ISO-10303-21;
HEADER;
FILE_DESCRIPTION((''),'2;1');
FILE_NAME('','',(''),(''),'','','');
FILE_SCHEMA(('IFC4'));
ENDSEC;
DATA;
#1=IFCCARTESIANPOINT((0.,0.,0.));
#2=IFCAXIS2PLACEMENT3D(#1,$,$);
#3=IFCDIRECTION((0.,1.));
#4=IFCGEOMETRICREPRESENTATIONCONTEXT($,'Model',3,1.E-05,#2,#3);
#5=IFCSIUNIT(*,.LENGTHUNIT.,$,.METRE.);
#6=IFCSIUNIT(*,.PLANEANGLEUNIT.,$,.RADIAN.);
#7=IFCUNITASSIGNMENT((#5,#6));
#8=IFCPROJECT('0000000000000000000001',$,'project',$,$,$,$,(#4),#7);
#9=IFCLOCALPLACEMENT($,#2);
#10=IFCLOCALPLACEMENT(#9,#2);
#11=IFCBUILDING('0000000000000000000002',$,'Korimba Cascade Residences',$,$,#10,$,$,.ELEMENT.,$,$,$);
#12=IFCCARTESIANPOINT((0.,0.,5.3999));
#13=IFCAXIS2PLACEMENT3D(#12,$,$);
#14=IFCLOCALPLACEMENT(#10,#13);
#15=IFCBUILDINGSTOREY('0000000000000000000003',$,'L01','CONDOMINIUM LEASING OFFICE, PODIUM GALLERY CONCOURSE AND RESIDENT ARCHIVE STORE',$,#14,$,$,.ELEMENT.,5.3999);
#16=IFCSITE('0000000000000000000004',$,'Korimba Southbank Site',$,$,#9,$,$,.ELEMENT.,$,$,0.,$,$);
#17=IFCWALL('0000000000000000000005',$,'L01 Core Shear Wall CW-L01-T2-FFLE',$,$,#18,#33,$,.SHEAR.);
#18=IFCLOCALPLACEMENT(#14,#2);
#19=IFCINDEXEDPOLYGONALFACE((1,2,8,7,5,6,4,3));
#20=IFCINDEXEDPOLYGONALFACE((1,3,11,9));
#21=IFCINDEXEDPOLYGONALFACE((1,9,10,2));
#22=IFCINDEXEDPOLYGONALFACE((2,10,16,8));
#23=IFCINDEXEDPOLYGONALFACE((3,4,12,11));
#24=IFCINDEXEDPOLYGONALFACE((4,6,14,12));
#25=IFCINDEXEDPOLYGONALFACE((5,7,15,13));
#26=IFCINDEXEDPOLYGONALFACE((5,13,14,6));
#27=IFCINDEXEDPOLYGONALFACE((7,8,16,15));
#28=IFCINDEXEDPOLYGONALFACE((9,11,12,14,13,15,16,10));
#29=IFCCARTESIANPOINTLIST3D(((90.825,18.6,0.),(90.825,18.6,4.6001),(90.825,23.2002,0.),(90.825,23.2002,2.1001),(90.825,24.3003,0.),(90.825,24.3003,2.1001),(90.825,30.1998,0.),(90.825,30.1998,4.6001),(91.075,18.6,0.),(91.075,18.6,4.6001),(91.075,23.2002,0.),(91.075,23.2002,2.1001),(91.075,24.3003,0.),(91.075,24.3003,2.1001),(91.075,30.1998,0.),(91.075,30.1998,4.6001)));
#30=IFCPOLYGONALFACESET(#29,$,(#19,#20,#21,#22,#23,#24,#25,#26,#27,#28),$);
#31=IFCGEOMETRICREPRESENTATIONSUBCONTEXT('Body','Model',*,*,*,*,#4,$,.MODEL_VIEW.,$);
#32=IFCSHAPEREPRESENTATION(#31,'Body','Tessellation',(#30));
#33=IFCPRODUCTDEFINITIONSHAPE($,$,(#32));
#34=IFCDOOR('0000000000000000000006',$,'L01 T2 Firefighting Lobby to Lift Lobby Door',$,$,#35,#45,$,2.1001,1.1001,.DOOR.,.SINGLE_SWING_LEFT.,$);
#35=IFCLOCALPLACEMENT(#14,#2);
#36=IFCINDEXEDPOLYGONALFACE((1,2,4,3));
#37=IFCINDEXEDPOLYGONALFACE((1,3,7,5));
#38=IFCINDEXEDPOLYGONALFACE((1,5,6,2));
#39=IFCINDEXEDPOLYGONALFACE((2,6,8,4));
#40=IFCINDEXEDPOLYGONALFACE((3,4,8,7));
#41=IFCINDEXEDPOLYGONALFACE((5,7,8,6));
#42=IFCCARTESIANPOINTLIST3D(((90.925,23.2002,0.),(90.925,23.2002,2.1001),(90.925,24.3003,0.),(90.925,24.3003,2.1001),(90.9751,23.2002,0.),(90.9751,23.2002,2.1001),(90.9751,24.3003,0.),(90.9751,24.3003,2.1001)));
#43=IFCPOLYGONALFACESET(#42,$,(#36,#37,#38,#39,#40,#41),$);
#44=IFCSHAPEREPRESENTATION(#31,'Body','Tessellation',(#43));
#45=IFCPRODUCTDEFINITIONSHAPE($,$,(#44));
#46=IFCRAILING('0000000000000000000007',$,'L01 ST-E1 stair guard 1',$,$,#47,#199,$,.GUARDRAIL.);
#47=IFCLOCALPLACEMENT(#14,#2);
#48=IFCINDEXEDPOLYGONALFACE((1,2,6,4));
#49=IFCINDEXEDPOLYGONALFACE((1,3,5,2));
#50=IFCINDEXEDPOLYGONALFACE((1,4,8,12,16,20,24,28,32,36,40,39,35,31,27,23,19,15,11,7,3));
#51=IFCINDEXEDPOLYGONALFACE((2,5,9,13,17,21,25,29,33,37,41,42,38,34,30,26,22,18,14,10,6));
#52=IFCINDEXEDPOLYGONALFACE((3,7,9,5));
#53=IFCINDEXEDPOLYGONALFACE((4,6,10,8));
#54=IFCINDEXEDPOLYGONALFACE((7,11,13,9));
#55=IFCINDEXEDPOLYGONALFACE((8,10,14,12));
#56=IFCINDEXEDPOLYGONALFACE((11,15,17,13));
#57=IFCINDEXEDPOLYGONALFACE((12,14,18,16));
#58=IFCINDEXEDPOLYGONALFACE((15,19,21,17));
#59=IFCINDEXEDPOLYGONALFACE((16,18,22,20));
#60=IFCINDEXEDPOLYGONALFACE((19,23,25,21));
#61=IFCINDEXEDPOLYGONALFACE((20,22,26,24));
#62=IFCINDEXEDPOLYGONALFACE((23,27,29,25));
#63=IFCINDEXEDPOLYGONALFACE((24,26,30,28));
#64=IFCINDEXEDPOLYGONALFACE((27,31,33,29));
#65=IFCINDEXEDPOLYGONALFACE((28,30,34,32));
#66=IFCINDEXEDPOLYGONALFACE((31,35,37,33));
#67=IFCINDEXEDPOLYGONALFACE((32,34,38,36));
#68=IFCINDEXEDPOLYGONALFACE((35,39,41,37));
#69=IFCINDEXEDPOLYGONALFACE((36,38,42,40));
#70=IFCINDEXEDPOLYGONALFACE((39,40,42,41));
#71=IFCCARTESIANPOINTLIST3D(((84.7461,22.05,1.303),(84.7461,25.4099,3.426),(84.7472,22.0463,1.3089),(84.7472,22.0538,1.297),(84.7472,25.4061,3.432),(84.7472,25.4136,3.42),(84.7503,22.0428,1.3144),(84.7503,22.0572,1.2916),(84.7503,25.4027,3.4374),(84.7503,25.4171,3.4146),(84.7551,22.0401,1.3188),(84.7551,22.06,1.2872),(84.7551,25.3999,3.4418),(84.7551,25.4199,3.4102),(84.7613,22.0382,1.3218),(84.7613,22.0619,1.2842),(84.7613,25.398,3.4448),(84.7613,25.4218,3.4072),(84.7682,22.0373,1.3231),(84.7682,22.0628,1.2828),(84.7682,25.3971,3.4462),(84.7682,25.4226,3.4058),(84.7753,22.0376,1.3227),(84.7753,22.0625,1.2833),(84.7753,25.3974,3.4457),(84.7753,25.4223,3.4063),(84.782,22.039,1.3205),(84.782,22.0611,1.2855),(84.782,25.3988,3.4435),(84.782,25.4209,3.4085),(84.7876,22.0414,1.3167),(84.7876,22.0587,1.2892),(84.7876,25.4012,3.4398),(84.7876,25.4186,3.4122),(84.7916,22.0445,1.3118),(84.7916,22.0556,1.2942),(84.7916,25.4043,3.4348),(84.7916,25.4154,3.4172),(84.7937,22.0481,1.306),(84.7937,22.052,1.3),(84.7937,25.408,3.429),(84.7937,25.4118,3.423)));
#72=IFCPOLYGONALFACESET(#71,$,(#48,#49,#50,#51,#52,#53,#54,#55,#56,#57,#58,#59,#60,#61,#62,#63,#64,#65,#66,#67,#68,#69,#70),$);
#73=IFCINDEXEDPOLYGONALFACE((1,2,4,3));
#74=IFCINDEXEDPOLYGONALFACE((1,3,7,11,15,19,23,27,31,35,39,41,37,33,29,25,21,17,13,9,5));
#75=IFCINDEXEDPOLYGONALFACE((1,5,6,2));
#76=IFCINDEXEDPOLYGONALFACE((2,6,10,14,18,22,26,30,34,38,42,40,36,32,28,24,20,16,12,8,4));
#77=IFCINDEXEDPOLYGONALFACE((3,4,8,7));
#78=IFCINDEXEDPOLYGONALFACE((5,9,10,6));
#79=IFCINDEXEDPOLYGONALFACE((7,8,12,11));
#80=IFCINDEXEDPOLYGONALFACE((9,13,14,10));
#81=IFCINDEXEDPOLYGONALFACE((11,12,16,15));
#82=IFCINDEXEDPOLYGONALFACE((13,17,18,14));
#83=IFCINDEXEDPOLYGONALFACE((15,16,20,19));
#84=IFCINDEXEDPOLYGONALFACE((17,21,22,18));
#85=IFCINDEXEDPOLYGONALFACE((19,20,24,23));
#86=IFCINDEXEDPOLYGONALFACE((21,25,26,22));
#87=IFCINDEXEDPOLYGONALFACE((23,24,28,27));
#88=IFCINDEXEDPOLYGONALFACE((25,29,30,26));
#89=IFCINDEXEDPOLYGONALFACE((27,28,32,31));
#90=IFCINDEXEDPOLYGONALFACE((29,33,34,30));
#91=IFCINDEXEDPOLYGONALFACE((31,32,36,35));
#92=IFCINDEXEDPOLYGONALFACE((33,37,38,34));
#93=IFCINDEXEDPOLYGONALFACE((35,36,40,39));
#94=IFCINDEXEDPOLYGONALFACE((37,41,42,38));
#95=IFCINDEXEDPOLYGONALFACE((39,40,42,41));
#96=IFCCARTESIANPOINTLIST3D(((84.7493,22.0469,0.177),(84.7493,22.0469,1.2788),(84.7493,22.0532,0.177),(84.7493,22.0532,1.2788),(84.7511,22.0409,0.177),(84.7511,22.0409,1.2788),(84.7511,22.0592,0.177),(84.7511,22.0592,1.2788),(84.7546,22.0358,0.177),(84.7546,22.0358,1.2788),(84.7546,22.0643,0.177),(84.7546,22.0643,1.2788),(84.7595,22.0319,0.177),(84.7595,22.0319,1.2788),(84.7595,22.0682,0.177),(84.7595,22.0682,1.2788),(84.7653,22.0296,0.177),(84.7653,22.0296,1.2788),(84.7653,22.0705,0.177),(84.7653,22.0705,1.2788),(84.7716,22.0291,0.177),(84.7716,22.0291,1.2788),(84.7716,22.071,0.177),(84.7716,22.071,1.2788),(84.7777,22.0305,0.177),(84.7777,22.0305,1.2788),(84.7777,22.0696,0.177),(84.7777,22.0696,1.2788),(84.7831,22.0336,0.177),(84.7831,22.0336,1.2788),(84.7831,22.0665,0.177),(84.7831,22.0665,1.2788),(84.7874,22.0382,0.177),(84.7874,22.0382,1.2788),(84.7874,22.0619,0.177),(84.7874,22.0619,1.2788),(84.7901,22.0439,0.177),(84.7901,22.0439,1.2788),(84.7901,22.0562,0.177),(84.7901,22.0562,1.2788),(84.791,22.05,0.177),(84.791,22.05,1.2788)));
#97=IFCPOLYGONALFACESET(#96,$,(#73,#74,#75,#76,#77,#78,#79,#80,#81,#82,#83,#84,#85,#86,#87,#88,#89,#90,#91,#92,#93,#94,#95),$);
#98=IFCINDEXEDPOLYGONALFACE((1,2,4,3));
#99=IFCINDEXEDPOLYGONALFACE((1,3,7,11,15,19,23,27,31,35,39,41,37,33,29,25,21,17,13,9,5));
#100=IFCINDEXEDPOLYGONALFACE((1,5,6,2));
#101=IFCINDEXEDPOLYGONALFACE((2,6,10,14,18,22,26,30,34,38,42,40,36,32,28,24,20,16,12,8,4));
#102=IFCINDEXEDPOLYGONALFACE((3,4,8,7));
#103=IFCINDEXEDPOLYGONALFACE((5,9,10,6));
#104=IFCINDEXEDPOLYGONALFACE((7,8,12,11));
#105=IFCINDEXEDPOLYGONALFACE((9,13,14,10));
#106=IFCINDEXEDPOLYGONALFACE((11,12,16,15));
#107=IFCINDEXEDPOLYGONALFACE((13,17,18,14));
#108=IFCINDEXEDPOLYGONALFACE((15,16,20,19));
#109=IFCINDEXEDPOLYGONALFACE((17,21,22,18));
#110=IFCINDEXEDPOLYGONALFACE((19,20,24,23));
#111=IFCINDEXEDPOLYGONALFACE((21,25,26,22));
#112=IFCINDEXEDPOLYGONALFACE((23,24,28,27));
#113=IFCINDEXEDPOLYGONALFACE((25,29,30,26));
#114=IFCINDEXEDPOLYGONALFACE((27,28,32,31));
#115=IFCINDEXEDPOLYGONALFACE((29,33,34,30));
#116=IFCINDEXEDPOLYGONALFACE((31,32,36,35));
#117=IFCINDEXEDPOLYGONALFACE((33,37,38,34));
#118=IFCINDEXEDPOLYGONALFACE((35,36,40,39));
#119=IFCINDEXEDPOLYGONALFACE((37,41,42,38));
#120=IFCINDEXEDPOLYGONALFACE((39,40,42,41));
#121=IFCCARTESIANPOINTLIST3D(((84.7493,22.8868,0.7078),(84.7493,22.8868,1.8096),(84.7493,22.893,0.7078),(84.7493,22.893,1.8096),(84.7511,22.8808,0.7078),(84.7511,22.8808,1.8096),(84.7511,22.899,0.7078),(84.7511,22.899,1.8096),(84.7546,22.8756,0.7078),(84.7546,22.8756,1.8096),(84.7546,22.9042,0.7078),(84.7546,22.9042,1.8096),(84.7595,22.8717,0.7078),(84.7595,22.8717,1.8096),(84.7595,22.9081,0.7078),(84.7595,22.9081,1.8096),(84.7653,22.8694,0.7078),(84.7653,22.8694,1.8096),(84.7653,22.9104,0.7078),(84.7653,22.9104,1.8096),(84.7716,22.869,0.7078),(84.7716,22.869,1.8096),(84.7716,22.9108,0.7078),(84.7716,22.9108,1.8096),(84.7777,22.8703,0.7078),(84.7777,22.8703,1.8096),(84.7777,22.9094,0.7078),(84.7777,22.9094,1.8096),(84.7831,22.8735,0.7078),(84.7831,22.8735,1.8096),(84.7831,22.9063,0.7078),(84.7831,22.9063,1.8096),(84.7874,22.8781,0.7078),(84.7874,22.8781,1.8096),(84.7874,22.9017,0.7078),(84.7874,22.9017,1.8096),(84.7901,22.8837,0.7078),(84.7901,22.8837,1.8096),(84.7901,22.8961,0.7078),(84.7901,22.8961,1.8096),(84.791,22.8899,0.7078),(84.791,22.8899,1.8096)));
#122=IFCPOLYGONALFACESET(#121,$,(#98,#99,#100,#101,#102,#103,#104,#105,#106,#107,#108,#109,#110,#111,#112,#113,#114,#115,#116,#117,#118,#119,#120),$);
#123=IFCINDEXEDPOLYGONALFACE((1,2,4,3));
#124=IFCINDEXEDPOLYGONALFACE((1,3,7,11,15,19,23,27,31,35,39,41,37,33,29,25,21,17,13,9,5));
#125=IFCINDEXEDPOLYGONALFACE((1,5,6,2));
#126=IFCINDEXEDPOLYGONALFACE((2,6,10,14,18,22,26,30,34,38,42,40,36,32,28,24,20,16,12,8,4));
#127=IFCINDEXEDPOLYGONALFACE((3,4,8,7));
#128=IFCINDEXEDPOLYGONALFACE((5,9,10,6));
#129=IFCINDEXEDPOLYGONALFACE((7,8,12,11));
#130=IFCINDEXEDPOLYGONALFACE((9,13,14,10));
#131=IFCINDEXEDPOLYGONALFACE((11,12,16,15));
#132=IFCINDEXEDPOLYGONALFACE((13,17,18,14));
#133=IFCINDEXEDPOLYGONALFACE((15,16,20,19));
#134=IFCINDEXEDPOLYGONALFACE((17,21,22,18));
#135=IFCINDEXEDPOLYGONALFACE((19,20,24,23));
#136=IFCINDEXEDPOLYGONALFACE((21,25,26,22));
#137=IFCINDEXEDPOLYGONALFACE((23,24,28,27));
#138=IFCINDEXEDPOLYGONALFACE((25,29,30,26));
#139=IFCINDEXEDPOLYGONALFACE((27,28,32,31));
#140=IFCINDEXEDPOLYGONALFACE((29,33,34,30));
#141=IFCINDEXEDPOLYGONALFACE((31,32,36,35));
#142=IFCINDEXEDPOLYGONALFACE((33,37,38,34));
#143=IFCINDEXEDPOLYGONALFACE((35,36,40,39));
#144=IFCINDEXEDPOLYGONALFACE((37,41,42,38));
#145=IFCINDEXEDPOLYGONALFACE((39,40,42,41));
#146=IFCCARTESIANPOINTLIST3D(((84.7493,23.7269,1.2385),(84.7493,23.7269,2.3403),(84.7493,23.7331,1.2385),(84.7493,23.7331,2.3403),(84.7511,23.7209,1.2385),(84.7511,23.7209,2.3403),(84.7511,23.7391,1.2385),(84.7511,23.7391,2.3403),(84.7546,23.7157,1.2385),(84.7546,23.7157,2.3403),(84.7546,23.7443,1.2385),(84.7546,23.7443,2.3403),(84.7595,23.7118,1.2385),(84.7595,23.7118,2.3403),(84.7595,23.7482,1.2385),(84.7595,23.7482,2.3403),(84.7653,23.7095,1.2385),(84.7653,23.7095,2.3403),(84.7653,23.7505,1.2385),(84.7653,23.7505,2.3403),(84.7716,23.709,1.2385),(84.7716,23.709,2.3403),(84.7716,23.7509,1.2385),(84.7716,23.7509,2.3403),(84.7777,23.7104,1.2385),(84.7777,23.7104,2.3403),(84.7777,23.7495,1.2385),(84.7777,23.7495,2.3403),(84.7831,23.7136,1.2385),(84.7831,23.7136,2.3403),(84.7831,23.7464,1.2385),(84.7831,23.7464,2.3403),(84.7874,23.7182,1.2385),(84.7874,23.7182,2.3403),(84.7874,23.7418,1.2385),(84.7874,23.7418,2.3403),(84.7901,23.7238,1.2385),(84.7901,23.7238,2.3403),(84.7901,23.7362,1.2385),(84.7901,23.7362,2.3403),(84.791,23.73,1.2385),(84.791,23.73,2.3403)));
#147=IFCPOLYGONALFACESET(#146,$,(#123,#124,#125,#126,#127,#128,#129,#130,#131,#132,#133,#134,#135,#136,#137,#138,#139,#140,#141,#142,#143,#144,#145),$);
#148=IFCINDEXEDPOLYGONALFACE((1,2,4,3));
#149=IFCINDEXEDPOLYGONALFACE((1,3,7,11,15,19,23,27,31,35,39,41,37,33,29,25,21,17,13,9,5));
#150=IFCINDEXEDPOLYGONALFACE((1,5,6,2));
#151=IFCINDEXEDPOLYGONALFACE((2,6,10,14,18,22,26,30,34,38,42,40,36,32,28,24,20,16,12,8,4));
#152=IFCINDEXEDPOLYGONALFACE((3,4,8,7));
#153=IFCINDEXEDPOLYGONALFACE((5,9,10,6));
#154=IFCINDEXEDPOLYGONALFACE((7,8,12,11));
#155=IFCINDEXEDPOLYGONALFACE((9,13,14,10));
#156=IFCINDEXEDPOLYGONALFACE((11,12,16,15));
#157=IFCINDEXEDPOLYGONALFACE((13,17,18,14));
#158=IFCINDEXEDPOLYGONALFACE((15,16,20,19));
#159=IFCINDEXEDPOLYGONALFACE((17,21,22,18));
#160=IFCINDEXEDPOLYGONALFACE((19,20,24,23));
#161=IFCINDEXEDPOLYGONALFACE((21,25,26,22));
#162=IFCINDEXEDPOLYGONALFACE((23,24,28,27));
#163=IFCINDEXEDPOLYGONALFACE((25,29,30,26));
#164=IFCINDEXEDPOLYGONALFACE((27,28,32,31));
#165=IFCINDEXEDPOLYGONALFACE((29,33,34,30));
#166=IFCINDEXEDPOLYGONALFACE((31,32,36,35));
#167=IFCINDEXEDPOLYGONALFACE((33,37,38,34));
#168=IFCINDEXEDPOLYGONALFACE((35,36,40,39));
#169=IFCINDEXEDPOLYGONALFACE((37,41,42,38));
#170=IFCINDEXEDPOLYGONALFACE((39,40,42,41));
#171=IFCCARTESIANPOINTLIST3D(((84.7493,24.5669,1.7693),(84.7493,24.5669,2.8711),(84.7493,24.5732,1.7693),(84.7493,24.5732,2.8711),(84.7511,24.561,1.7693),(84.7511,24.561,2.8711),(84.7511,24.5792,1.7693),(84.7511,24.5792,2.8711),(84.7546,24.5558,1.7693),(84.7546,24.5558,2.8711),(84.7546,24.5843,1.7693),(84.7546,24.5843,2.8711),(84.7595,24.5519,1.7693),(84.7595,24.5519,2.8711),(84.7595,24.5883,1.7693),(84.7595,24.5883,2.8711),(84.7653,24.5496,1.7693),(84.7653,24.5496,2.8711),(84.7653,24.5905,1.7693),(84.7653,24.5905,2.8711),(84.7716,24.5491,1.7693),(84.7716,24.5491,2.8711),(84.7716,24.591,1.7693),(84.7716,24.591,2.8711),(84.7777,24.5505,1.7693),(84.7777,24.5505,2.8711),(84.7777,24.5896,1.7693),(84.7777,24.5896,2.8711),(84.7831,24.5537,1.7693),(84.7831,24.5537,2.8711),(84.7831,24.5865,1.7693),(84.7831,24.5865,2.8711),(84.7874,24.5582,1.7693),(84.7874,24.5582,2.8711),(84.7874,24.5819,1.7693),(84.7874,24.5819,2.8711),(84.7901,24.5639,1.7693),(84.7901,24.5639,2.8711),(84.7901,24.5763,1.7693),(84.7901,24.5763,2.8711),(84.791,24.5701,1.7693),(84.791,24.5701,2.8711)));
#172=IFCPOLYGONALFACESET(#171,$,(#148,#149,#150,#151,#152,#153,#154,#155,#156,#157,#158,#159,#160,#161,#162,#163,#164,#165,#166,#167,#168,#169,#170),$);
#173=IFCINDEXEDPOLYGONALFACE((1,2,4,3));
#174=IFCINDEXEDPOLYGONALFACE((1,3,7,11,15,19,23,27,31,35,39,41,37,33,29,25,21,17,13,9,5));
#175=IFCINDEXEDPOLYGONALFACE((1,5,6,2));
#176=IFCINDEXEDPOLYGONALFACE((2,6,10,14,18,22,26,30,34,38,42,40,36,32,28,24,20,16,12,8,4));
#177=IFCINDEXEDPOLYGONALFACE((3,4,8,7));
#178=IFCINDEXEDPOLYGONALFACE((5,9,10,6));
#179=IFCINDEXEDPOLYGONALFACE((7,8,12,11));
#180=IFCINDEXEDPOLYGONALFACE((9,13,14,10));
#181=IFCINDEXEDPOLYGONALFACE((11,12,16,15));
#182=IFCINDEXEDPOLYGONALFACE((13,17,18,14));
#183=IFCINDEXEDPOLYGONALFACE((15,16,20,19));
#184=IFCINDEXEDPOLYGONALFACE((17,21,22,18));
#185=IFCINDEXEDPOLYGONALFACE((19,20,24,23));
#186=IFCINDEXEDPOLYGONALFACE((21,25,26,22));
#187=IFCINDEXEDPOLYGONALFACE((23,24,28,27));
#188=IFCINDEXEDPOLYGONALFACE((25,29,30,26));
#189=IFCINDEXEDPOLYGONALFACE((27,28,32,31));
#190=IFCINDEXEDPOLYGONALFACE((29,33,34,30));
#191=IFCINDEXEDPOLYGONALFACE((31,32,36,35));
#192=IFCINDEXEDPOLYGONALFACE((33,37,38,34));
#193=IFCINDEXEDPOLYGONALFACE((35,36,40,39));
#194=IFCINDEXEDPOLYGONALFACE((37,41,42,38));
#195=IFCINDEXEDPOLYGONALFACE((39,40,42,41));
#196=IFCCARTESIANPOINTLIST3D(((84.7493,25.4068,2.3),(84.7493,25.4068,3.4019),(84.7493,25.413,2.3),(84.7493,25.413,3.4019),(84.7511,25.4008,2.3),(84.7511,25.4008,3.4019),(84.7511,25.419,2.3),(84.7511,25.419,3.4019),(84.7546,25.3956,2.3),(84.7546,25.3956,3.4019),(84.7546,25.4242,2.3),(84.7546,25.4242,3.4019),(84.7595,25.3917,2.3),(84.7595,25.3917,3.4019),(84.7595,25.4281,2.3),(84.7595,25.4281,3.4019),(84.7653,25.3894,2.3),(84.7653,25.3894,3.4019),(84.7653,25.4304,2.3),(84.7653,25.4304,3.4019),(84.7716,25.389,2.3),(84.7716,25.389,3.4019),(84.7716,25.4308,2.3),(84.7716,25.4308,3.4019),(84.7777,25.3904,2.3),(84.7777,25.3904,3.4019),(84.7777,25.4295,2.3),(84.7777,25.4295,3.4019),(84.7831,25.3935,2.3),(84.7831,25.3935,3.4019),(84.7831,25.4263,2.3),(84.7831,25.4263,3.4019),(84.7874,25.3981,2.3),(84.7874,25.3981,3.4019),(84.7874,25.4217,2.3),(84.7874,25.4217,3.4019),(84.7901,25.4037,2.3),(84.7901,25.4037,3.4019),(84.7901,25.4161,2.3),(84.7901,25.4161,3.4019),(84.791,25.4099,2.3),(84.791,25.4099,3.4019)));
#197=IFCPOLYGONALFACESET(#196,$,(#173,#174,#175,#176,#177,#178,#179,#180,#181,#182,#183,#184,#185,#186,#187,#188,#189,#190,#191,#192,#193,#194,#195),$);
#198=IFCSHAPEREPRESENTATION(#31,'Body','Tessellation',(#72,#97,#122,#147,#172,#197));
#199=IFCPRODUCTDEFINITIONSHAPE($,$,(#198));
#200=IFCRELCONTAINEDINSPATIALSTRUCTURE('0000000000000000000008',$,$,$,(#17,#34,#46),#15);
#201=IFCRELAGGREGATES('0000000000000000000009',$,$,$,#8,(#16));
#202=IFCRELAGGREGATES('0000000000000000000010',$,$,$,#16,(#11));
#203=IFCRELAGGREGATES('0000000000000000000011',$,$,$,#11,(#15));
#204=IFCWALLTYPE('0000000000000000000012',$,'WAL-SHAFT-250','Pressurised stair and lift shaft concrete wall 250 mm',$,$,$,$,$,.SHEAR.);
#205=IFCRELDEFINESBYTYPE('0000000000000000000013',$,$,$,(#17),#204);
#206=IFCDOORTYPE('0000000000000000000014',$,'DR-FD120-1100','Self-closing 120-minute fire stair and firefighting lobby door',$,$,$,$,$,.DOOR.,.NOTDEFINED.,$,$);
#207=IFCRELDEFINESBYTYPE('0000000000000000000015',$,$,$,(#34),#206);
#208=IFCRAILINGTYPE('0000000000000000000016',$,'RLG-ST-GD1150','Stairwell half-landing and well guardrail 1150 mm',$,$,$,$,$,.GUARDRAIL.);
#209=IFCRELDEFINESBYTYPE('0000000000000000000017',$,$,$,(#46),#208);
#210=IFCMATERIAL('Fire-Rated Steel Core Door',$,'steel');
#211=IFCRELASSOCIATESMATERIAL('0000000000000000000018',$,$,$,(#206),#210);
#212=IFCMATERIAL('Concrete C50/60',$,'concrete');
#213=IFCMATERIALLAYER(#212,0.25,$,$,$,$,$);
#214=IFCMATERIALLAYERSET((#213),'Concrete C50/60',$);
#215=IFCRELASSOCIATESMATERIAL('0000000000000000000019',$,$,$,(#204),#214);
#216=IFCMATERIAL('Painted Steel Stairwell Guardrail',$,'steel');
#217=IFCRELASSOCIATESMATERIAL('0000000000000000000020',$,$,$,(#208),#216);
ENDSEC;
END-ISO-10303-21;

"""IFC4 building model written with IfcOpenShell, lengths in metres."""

from ifc_helpers import new_model, si_unit, direction, frame, frame_2d, origin, origin_2d, place, context, subcontext, project, spatial, rectangle, circle, extrude, material, layer, layer_set, type_object, element, fill, save


model = new_model("IFC4")

# Units and contexts
model_context = context("Model", 3, precision=1e-05, world=origin(), true_north=direction((0.0, 1.0)))
body_context = subcontext(model_context, "Body", "Model", "MODEL_VIEW")
ifc_project = project(units=[si_unit("LENGTHUNIT", "METRE"), si_unit("PLANEANGLEUNIT", "RADIAN")], contexts=[model_context])

# Site, building, storey
site_placement = place(None, origin())
site = spatial("IfcSite", under=ifc_project, at=site_placement, Name="Korimba Southbank Site", CompositionType="ELEMENT", RefElevation=0.0)
building_placement = place(site_placement, origin())
building = spatial("IfcBuilding", under=site, at=building_placement, Name="Korimba Cascade Residences", CompositionType="ELEMENT")
storey_placement = place(building_placement, frame((0.0, 0.0, 5.3999)))
storey = spatial("IfcBuildingStorey", under=building, at=storey_placement, Name="L01", Description="CONDOMINIUM LEASING OFFICE, PODIUM GALLERY CONCOURSE AND RESIDENT ARCHIVE STORE", CompositionType="ELEMENT", Elevation=5.3999)

# Shared definitions
ifc_material_1 = material(Name="Concrete C50/60", Category="concrete")

# Shared definitions
ifc_material_2 = material(Name="Fire-Rated Steel Core Door", Category="steel")
door_type_1 = type_object("IfcDoorType", Name="DR-FD120-1100", Description="Self-closing 120-minute fire stair and firefighting lobby door", OperationType="NOTDEFINED", PredefinedType="DOOR", material=ifc_material_2)

# Shared definitions
ifc_layer_1 = layer(ifc_material_1, 0.25)
ifc_layer_set_1 = layer_set([ifc_layer_1], Name="Concrete C50/60")
wall_type_1 = type_object("IfcWallType", Name="WAL-SHAFT-250", Description="Pressurised stair and lift shaft concrete wall 250 mm", PredefinedType="SHEAR", material=ifc_layer_set_1)

# Wall, opening, door
wall_1_placement = place(storey_placement, frame((90.95, 18.6001, 0.0), z_axis=(0.0, 0.0, 1.0), x_axis=(0.0, 1.0, 0.0)))
wall_1 = element("IfcWall", 1, at=wall_1_placement, inside=storey, type_object=wall_type_1, Name="L01 Core Shear Wall CW-L01-T2-FFLE", PredefinedType="SHEAR", context=body_context, shape_type="SweptSolid", body=[
    extrude(rectangle(XDim=11.5999, YDim=0.25, at=frame_2d((5.7998, 0.0))), origin(), (0.0, 0.0, 1.0), 4.6001),
])
opening_1_placement = place(wall_1_placement, frame((4.6001, 0.0, 0.0)))
opening_1 = element("IfcOpeningElement", 2, at=opening_1_placement, cuts=wall_1, PredefinedType="OPENING", context=body_context, shape_type="SweptSolid", body=[
    extrude(rectangle(XDim=1.1001, YDim=2.1001, at=frame_2d((0.55, 1.05))), frame((0.0, 0.135, 0.0), z_axis=(0.0, -1.0, 0.0), x_axis=(1.0, 0.0, 0.0)), (0.0, 0.0, 1.0), 0.27),
])
door_1_placement = place(opening_1_placement, origin())
door_1 = element("IfcDoor", 3, at=door_1_placement, inside=storey, type_object=door_type_1, Name="L01 T2 Firefighting Lobby to Lift Lobby Door", OperationType="SINGLE_SWING_LEFT", OverallHeight=2.1001, OverallWidth=1.1001, PredefinedType="DOOR", context=body_context, shape_type="SweptSolid", body=[
    extrude(rectangle(XDim=1.1001, YDim=2.1001, at=frame_2d((0.55, 1.05))), frame((0.0, 0.0249, 0.0), z_axis=(0.0, -1.0, 0.0), x_axis=(1.0, 0.0, 0.0)), (0.0, 0.0, 1.0), 0.05),
])
fill(opening_1, door_1)

# Railing
ifc_material_3 = material(Name="Painted Steel Stairwell Guardrail", Category="steel")
railing_type = type_object("IfcRailingType", Name="RLG-ST-GD1150", Description="Stairwell half-landing and well guardrail 1150 mm", PredefinedType="GUARDRAIL", material=ifc_material_3)
railing_1_placement = place(storey_placement, frame((84.77, 22.05, 0.177)))
element("IfcRailing", 4, at=railing_1_placement, inside=storey, type_object=railing_type, Name="L01 ST-E1 stair guard 1", PredefinedType="GUARDRAIL", context=body_context, shape_type="SweptSolid", body=[
    extrude(circle(Radius=0.0239, at=origin_2d()), frame((0.0, 0.0, 1.126), z_axis=(0.0, 0.845372, 0.534178), x_axis=(-1.0, 0.0, 0.0)), (0.0, 0.0, 1.0), 3.9744),
    extrude(circle(Radius=0.021, at=origin_2d()), origin(), (0.0, 0.0, 1.0), 1.1018),
    extrude(circle(Radius=0.021, at=origin_2d()), frame((0.0, 0.8398, 0.5308)), (0.0, 0.0, 1.0), 1.1018),
    extrude(circle(Radius=0.021, at=origin_2d()), frame((0.0, 1.6799, 1.0615)), (0.0, 0.0, 1.0), 1.1018),
    extrude(circle(Radius=0.021, at=origin_2d()), frame((0.0, 2.52, 1.5923)), (0.0, 0.0, 1.0), 1.1018),
    extrude(circle(Radius=0.021, at=origin_2d()), frame((0.0, 3.3599, 2.123)), (0.0, 0.0, 1.0), 1.1018),
])

save(model, "model.ifc")
